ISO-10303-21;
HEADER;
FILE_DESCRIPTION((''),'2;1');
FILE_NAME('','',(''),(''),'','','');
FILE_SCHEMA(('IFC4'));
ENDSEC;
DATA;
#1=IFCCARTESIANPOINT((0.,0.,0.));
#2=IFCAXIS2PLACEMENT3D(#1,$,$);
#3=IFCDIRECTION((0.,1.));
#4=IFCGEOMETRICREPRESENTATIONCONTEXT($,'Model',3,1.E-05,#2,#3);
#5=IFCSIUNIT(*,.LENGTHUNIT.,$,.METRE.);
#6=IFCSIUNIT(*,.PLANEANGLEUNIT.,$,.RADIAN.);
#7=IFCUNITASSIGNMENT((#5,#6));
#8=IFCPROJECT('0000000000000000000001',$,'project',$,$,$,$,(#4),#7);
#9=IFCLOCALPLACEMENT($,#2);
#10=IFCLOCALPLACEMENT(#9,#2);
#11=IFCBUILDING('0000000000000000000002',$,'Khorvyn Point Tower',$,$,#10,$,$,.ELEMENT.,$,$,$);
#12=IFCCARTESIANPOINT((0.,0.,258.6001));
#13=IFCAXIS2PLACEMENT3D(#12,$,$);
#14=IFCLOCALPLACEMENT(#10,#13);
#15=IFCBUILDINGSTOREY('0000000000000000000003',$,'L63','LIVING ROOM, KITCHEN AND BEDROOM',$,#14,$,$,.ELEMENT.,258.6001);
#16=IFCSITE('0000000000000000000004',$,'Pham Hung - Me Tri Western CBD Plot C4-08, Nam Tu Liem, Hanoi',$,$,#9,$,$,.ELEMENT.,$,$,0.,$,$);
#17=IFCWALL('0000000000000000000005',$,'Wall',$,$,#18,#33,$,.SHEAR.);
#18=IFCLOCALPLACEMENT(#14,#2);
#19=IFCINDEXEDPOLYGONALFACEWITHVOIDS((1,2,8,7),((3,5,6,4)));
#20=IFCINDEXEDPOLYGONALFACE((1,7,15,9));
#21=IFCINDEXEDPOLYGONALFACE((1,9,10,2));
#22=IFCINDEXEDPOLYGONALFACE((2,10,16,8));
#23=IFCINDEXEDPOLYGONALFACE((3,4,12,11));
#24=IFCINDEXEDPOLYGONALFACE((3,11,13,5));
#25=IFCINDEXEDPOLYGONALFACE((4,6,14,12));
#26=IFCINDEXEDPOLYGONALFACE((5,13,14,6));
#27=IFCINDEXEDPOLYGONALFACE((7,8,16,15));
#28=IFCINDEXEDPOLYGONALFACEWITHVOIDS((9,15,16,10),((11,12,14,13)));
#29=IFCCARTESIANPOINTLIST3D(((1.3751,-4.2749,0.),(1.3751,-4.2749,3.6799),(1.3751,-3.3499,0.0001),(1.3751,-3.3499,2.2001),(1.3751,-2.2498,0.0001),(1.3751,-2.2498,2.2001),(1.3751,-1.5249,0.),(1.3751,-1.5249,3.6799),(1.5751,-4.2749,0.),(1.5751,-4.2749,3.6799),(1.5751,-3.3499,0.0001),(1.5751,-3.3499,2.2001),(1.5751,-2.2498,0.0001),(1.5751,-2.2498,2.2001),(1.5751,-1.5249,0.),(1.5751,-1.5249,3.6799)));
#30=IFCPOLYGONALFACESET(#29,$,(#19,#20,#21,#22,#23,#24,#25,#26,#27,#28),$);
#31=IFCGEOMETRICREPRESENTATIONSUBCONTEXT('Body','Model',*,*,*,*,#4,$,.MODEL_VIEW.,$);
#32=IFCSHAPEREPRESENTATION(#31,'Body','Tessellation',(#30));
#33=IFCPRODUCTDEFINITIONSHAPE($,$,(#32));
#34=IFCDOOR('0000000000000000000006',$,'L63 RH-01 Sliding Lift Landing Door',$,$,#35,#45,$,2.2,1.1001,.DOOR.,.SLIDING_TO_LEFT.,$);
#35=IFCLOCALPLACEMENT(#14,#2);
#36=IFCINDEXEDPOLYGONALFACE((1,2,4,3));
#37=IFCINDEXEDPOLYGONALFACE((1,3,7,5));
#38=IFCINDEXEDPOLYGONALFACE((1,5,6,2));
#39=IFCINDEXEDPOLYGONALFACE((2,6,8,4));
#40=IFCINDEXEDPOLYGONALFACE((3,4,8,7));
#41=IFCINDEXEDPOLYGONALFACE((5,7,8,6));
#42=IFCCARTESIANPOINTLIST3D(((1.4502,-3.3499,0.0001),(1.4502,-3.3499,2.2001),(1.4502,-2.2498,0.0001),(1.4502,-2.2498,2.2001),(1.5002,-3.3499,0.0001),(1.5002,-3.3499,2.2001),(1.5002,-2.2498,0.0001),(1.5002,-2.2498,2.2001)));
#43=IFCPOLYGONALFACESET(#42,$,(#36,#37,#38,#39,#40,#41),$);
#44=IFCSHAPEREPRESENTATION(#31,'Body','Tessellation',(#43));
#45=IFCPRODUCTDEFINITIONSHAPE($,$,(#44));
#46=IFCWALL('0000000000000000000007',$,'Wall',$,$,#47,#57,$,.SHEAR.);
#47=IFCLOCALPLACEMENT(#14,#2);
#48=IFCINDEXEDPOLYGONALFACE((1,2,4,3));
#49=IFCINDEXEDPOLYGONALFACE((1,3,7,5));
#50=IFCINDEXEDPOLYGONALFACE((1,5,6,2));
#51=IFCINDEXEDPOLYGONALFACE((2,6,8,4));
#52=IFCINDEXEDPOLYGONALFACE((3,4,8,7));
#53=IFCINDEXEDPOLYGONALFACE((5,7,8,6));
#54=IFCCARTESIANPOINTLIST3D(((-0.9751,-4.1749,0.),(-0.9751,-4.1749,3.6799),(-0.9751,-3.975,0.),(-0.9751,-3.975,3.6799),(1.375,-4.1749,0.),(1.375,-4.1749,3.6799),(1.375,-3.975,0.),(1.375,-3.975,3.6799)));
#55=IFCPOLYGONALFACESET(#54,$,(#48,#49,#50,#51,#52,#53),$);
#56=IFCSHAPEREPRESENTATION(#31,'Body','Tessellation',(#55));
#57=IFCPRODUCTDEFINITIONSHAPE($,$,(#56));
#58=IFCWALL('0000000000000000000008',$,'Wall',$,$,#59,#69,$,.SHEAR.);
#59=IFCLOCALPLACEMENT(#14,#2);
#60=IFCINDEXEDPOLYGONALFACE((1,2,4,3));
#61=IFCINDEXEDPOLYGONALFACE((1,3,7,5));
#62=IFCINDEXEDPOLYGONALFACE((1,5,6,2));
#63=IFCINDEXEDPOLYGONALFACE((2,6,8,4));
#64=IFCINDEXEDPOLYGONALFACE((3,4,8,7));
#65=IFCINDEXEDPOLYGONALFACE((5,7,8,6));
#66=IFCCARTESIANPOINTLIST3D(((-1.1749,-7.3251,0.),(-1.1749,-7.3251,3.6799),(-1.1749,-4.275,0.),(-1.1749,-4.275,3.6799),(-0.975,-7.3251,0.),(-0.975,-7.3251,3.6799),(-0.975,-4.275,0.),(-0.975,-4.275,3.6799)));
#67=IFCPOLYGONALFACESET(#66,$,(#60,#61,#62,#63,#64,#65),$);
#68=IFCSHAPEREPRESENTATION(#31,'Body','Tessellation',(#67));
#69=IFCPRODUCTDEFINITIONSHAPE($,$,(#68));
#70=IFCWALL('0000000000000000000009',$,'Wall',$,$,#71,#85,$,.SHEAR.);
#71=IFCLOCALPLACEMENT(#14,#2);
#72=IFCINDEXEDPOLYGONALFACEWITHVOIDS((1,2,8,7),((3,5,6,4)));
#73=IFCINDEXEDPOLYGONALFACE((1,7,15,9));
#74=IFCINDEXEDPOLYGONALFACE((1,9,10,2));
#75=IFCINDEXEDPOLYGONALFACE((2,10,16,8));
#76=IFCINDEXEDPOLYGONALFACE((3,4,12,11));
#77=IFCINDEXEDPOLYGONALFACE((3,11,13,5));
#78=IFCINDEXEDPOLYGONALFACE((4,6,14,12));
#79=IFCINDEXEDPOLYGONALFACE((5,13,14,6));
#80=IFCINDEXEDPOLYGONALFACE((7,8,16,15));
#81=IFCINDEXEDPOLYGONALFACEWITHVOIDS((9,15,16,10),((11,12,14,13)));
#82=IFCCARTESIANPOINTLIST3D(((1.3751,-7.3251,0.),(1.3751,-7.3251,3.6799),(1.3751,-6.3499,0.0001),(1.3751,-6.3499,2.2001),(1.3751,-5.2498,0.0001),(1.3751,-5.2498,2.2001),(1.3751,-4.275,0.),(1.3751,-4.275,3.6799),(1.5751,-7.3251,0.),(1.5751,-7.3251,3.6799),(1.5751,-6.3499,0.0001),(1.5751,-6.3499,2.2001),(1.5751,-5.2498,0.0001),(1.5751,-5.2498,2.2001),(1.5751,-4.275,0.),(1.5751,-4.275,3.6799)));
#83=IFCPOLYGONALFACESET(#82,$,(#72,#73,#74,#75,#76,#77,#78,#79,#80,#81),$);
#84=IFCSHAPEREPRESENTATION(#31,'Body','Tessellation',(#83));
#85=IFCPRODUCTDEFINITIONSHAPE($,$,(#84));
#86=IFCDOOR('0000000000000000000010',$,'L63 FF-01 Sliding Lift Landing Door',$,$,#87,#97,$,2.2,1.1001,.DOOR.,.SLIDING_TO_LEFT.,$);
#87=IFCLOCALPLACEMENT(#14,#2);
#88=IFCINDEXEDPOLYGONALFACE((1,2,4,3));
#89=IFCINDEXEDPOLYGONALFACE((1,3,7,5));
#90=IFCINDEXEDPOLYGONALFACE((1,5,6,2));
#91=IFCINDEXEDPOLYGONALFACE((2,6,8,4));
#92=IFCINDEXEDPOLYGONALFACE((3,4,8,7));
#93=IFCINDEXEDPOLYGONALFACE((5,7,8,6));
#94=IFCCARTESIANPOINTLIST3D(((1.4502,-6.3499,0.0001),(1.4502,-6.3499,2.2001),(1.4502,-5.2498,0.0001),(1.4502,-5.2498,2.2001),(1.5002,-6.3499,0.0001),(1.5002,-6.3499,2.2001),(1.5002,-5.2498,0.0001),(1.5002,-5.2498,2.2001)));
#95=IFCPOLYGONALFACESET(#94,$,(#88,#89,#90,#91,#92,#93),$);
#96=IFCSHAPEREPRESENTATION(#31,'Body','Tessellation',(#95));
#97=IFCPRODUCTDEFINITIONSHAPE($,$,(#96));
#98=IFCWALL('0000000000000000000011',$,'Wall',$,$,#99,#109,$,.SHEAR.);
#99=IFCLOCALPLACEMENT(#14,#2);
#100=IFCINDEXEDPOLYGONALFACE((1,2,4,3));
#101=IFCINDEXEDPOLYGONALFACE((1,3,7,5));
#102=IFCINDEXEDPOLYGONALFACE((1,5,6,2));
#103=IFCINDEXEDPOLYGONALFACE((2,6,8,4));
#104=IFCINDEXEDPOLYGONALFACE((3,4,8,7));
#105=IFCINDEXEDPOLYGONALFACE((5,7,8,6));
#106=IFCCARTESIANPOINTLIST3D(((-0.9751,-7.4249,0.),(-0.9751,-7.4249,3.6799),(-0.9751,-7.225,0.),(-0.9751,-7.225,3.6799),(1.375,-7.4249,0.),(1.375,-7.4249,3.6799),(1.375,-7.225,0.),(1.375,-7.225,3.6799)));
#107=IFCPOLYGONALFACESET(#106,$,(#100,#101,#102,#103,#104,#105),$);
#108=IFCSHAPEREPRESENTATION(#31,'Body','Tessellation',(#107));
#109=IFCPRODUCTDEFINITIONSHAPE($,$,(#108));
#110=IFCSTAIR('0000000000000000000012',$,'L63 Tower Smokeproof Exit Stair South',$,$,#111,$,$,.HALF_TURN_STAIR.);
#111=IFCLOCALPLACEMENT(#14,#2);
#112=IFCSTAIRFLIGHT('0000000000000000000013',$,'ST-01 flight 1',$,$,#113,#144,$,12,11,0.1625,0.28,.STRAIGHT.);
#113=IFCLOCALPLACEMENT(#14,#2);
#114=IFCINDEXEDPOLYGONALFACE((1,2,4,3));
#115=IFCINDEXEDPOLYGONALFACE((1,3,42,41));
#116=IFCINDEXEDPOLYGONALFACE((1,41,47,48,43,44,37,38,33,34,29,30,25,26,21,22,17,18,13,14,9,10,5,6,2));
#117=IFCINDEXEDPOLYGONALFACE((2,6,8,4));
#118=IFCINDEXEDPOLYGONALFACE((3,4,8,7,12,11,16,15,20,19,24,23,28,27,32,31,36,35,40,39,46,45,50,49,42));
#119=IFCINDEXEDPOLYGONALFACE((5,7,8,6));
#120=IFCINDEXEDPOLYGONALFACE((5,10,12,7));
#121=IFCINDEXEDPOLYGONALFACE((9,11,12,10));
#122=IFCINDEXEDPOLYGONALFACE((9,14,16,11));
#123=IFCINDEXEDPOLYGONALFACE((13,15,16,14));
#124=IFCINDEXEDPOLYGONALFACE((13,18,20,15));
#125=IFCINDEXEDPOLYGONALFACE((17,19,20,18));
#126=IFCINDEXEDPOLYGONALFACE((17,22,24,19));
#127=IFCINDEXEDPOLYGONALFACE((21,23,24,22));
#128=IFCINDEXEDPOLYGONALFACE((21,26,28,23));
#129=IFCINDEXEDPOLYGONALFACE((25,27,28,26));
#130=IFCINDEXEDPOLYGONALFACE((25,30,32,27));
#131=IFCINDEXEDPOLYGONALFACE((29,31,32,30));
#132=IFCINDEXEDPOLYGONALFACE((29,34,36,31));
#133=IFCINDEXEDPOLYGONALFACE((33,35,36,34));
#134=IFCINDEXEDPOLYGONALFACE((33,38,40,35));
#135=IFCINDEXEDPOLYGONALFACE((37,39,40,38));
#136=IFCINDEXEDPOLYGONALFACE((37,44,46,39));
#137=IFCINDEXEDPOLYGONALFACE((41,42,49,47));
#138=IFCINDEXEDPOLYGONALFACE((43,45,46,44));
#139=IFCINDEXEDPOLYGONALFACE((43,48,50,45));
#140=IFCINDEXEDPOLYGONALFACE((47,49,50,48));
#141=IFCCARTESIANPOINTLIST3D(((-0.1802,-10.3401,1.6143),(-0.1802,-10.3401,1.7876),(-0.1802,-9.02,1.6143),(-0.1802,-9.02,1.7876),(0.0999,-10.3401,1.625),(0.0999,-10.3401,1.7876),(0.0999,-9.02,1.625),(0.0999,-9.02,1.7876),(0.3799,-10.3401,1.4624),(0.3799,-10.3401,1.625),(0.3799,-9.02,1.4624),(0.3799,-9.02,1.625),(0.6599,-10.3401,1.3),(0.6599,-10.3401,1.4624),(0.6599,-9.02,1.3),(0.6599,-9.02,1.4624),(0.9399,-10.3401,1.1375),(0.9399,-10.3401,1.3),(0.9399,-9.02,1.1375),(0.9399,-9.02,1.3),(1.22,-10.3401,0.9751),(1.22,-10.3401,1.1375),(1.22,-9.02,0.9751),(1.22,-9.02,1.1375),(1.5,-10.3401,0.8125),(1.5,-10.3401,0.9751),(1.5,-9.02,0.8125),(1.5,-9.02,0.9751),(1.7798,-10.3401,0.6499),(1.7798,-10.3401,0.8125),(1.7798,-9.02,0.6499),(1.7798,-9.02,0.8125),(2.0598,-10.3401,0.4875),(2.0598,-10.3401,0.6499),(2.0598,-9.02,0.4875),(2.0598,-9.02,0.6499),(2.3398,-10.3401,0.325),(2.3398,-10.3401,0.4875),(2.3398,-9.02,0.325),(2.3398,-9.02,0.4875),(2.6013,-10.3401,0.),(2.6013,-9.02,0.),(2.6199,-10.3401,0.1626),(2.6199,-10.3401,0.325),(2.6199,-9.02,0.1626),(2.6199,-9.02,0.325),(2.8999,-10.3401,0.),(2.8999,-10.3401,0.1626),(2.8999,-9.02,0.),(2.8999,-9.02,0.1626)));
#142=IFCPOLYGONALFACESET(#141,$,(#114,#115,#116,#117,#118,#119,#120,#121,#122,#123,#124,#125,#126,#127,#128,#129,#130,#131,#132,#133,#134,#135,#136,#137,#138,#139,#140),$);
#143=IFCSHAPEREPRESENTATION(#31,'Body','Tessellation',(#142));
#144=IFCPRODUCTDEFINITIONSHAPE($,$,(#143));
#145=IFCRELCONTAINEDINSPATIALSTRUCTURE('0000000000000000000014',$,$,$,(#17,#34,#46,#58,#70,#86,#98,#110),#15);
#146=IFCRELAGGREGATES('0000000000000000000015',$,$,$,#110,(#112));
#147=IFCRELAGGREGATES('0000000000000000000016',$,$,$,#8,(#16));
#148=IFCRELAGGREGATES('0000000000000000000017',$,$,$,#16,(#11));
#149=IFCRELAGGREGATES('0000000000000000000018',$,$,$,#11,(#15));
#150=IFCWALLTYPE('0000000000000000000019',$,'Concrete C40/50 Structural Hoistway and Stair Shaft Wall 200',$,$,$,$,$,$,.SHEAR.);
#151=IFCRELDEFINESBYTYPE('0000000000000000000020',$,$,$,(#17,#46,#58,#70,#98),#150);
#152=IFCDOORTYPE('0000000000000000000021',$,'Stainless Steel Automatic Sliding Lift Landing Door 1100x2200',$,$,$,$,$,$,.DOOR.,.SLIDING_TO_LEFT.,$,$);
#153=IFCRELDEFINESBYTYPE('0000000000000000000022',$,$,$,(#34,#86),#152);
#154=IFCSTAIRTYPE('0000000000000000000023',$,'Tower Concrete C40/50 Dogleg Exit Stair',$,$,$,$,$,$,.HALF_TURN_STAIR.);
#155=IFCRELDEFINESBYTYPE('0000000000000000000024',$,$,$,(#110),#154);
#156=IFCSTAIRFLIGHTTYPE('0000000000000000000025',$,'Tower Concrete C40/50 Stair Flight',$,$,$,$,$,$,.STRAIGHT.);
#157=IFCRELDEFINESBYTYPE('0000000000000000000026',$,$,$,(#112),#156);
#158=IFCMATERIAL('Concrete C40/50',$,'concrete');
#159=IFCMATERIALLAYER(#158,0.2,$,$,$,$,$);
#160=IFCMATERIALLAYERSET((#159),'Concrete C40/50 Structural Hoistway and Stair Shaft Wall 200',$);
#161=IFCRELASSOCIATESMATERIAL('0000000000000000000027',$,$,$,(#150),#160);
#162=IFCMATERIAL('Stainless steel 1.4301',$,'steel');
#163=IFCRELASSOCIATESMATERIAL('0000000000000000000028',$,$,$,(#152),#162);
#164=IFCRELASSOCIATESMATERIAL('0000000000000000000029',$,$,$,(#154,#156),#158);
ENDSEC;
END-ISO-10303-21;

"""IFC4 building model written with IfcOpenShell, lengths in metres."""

from ifc_helpers import new_model, si_unit, direction, frame, frame_2d, origin, place, context, subcontext, project, spatial, polyline, rectangle, outline, extrude, material, layer, layer_set, type_object, element, fill, aggregate, save


model = new_model("IFC4")

# Units and contexts
model_context = context("Model", 3, precision=1e-05, world=origin(), true_north=direction((0.0, 1.0)))
body_context = subcontext(model_context, "Body", "Model", "MODEL_VIEW")
ifc_project = project(units=[si_unit("LENGTHUNIT", "METRE"), si_unit("PLANEANGLEUNIT", "RADIAN")], contexts=[model_context])

# Site, building, storey
site_placement = place(None, origin())
site = spatial("IfcSite", under=ifc_project, at=site_placement, Name="Pham Hung - Me Tri Western CBD Plot C4-08, Nam Tu Liem, Hanoi", CompositionType="ELEMENT", RefElevation=0.0)
building_placement = place(site_placement, origin())
building = spatial("IfcBuilding", under=site, at=building_placement, Name="Khorvyn Point Tower", CompositionType="ELEMENT")
storey_placement = place(building_placement, frame((0.0, 0.0, 258.6001)))
storey = spatial("IfcBuildingStorey", under=building, at=storey_placement, Name="L63", Description="LIVING ROOM, KITCHEN AND BEDROOM", CompositionType="ELEMENT", Elevation=258.6001)

# Shared definitions
ifc_material_1 = material(Name="Concrete C40/50", Category="concrete")

# Shared definitions
ifc_layer_1 = layer(ifc_material_1, 0.2)
ifc_layer_set_1 = layer_set([ifc_layer_1], Name="Concrete C40/50 Structural Hoistway and Stair Shaft Wall 200")
wall_type_1 = type_object("IfcWallType", Name="Concrete C40/50 Structural Hoistway and Stair Shaft Wall 200", PredefinedType="SHEAR", material=ifc_layer_set_1)

# Wall, opening, door
wall_1_placement = place(storey_placement, frame((1.4751, -4.2749, 0.0), z_axis=(0.0, 0.0, 1.0), x_axis=(0.0, 1.0, 0.0)))
wall_1 = element("IfcWall", 1, at=wall_1_placement, inside=storey, type_object=wall_type_1, Name="Wall", PredefinedType="SHEAR", context=body_context, shape_type="SweptSolid", body=[
    extrude(rectangle(XDim=2.75, YDim=0.2, at=frame_2d((1.375, 0.0))), origin(), (0.0, 0.0, 1.0), 3.6799),
])
opening_1_placement = place(wall_1_placement, frame((0.925, 0.0, 0.0)))
opening_1 = element("IfcOpeningElement", 2, at=opening_1_placement, cuts=wall_1, PredefinedType="OPENING", context=body_context, shape_type="SweptSolid", body=[
    extrude(rectangle(XDim=1.1001, YDim=2.2, at=frame_2d((0.55, 1.1001))), frame((0.0, 0.1099, 0.0), z_axis=(0.0, -1.0, 0.0), x_axis=(1.0, 0.0, 0.0)), (0.0, 0.0, 1.0), 0.22),
])
ifc_material_2 = material(Name="Stainless steel 1.4301", Category="steel")
door_type_1 = type_object("IfcDoorType", Name="Stainless Steel Automatic Sliding Lift Landing Door 1100x2200", OperationType="SLIDING_TO_LEFT", PredefinedType="DOOR", material=ifc_material_2)
door_1_placement = place(opening_1_placement, origin())
door_1 = element("IfcDoor", 3, at=door_1_placement, inside=storey, type_object=door_type_1, Name="L63 RH-01 Sliding Lift Landing Door", OperationType="SLIDING_TO_LEFT", OverallHeight=2.2, OverallWidth=1.1001, PredefinedType="DOOR", context=body_context, shape_type="SweptSolid", body=[
    extrude(rectangle(XDim=1.1001, YDim=2.2, at=frame_2d((0.55, 1.1001))), frame((0.0, 0.0249, 0.0), z_axis=(0.0, -1.0, 0.0), x_axis=(1.0, 0.0, 0.0)), (0.0, 0.0, 1.0), 0.05),
])
fill(opening_1, door_1)

# Walls
wall_2_placement = place(storey_placement, frame((-0.9751, -4.075, 0.0), z_axis=(0.0, 0.0, 1.0), x_axis=(1.0, 0.0, 0.0)))
element("IfcWall", 4, at=wall_2_placement, inside=storey, type_object=wall_type_1, Name="Wall", PredefinedType="SHEAR", context=body_context, shape_type="SweptSolid", body=[
    extrude(rectangle(XDim=2.3501, YDim=0.2, at=frame_2d((1.175, 0.0))), origin(), (0.0, 0.0, 1.0), 3.6799),
])
wall_3_placement = place(storey_placement, frame((-1.075, -7.325, 0.0), z_axis=(0.0, 0.0, 1.0), x_axis=(0.0, 1.0, 0.0)))
element("IfcWall", 5, at=wall_3_placement, inside=storey, type_object=wall_type_1, Name="Wall", PredefinedType="SHEAR", context=body_context, shape_type="SweptSolid", body=[
    extrude(rectangle(XDim=3.05, YDim=0.2, at=frame_2d((1.5249, 0.0))), origin(), (0.0, 0.0, 1.0), 3.6799),
])

# Wall, opening, door
wall_4_placement = place(storey_placement, frame((1.4751, -7.325, 0.0), z_axis=(0.0, 0.0, 1.0), x_axis=(0.0, 1.0, 0.0)))
wall_4 = element("IfcWall", 6, at=wall_4_placement, inside=storey, type_object=wall_type_1, Name="Wall", PredefinedType="SHEAR", context=body_context, shape_type="SweptSolid", body=[
    extrude(rectangle(XDim=3.05, YDim=0.2, at=frame_2d((1.5249, 0.0))), origin(), (0.0, 0.0, 1.0), 3.6799),
])
opening_2_placement = place(wall_4_placement, frame((0.9751, 0.0, 0.0)))
opening_2 = element("IfcOpeningElement", 7, at=opening_2_placement, cuts=wall_4, PredefinedType="OPENING", context=body_context, shape_type="SweptSolid", body=[
    extrude(rectangle(XDim=1.1001, YDim=2.2, at=frame_2d((0.55, 1.1001))), frame((0.0, 0.1099, 0.0), z_axis=(0.0, -1.0, 0.0), x_axis=(1.0, 0.0, 0.0)), (0.0, 0.0, 1.0), 0.22),
])
door_2_placement = place(opening_2_placement, origin())
door_2 = element("IfcDoor", 8, at=door_2_placement, inside=storey, type_object=door_type_1, Name="L63 FF-01 Sliding Lift Landing Door", OperationType="SLIDING_TO_LEFT", OverallHeight=2.2, OverallWidth=1.1001, PredefinedType="DOOR", context=body_context, shape_type="SweptSolid", body=[
    extrude(rectangle(XDim=1.1001, YDim=2.2, at=frame_2d((0.55, 1.1001))), frame((0.0, 0.0249, 0.0), z_axis=(0.0, -1.0, 0.0), x_axis=(1.0, 0.0, 0.0)), (0.0, 0.0, 1.0), 0.05),
])
fill(opening_2, door_2)

# Wall
wall_5_placement = place(storey_placement, frame((-0.9751, -7.325, 0.0), z_axis=(0.0, 0.0, 1.0), x_axis=(1.0, 0.0, 0.0)))
element("IfcWall", 9, at=wall_5_placement, inside=storey, type_object=wall_type_1, Name="Wall", PredefinedType="SHEAR", context=body_context, shape_type="SweptSolid", body=[
    extrude(rectangle(XDim=2.3501, YDim=0.2, at=frame_2d((1.175, 0.0))), origin(), (0.0, 0.0, 1.0), 3.6799),
])

# Stair, stair flight
stair_type = type_object("IfcStairType", Name="Tower Concrete C40/50 Dogleg Exit Stair", PredefinedType="HALF_TURN_STAIR", material=ifc_material_1)
stair_placement = place(storey_placement, origin())
stair = element("IfcStair", 10, at=stair_placement, inside=storey, type_object=stair_type, Name="L63 Tower Smokeproof Exit Stair South", PredefinedType="HALF_TURN_STAIR")
stair_flight_type = type_object("IfcStairFlightType", Name="Tower Concrete C40/50 Stair Flight", PredefinedType="STRAIGHT", material=ifc_material_1)
stair_flight_placement = place(storey_placement, frame((2.8999, -9.6799, 0.0), z_axis=(0.0, 0.0, 1.0), x_axis=(-1.0, 0.0, 0.0)))
stair_flight = element("IfcStairFlight", 11, at=stair_flight_placement, type_object=stair_flight_type, Name="ST-01 flight 1", NumberOfRisers=12, NumberOfTreads=11, PredefinedType="STRAIGHT", RiserHeight=0.1625, TreadLength=0.28, context=body_context, shape_type="SweptSolid", body=[
    extrude(outline(polyline([(0.0, 0.0), (0.0, 0.1626), (0.28, 0.1626), (0.28, 0.325), (0.5601, 0.325), (0.5601, 0.4875), (0.8401, 0.4875), (0.8401, 0.6499), (1.1201, 0.6499), (1.1201, 0.8125), (1.3999, 0.8125), (1.3999, 0.9751), (1.6799, 0.9751), (1.6799, 1.1375), (1.96, 1.1375), (1.96, 1.3), (2.24, 1.3), (2.24, 1.4624), (2.52, 1.4624), (2.52, 1.625), (2.8, 1.625), (2.8, 1.7876), (3.0801, 1.7876), (3.0801, 1.95), (3.0801, 1.6143), (0.2986, 0.0), (0.0, 0.0)])), frame((0.0, 0.6602, 0.0), z_axis=(0.0, -1.0, 0.0), x_axis=(1.0, 0.0, 0.0)), (0.0, 0.0, 1.0), 1.3201),
])
aggregate(stair, [stair_flight])

save(model, "model.ifc")
